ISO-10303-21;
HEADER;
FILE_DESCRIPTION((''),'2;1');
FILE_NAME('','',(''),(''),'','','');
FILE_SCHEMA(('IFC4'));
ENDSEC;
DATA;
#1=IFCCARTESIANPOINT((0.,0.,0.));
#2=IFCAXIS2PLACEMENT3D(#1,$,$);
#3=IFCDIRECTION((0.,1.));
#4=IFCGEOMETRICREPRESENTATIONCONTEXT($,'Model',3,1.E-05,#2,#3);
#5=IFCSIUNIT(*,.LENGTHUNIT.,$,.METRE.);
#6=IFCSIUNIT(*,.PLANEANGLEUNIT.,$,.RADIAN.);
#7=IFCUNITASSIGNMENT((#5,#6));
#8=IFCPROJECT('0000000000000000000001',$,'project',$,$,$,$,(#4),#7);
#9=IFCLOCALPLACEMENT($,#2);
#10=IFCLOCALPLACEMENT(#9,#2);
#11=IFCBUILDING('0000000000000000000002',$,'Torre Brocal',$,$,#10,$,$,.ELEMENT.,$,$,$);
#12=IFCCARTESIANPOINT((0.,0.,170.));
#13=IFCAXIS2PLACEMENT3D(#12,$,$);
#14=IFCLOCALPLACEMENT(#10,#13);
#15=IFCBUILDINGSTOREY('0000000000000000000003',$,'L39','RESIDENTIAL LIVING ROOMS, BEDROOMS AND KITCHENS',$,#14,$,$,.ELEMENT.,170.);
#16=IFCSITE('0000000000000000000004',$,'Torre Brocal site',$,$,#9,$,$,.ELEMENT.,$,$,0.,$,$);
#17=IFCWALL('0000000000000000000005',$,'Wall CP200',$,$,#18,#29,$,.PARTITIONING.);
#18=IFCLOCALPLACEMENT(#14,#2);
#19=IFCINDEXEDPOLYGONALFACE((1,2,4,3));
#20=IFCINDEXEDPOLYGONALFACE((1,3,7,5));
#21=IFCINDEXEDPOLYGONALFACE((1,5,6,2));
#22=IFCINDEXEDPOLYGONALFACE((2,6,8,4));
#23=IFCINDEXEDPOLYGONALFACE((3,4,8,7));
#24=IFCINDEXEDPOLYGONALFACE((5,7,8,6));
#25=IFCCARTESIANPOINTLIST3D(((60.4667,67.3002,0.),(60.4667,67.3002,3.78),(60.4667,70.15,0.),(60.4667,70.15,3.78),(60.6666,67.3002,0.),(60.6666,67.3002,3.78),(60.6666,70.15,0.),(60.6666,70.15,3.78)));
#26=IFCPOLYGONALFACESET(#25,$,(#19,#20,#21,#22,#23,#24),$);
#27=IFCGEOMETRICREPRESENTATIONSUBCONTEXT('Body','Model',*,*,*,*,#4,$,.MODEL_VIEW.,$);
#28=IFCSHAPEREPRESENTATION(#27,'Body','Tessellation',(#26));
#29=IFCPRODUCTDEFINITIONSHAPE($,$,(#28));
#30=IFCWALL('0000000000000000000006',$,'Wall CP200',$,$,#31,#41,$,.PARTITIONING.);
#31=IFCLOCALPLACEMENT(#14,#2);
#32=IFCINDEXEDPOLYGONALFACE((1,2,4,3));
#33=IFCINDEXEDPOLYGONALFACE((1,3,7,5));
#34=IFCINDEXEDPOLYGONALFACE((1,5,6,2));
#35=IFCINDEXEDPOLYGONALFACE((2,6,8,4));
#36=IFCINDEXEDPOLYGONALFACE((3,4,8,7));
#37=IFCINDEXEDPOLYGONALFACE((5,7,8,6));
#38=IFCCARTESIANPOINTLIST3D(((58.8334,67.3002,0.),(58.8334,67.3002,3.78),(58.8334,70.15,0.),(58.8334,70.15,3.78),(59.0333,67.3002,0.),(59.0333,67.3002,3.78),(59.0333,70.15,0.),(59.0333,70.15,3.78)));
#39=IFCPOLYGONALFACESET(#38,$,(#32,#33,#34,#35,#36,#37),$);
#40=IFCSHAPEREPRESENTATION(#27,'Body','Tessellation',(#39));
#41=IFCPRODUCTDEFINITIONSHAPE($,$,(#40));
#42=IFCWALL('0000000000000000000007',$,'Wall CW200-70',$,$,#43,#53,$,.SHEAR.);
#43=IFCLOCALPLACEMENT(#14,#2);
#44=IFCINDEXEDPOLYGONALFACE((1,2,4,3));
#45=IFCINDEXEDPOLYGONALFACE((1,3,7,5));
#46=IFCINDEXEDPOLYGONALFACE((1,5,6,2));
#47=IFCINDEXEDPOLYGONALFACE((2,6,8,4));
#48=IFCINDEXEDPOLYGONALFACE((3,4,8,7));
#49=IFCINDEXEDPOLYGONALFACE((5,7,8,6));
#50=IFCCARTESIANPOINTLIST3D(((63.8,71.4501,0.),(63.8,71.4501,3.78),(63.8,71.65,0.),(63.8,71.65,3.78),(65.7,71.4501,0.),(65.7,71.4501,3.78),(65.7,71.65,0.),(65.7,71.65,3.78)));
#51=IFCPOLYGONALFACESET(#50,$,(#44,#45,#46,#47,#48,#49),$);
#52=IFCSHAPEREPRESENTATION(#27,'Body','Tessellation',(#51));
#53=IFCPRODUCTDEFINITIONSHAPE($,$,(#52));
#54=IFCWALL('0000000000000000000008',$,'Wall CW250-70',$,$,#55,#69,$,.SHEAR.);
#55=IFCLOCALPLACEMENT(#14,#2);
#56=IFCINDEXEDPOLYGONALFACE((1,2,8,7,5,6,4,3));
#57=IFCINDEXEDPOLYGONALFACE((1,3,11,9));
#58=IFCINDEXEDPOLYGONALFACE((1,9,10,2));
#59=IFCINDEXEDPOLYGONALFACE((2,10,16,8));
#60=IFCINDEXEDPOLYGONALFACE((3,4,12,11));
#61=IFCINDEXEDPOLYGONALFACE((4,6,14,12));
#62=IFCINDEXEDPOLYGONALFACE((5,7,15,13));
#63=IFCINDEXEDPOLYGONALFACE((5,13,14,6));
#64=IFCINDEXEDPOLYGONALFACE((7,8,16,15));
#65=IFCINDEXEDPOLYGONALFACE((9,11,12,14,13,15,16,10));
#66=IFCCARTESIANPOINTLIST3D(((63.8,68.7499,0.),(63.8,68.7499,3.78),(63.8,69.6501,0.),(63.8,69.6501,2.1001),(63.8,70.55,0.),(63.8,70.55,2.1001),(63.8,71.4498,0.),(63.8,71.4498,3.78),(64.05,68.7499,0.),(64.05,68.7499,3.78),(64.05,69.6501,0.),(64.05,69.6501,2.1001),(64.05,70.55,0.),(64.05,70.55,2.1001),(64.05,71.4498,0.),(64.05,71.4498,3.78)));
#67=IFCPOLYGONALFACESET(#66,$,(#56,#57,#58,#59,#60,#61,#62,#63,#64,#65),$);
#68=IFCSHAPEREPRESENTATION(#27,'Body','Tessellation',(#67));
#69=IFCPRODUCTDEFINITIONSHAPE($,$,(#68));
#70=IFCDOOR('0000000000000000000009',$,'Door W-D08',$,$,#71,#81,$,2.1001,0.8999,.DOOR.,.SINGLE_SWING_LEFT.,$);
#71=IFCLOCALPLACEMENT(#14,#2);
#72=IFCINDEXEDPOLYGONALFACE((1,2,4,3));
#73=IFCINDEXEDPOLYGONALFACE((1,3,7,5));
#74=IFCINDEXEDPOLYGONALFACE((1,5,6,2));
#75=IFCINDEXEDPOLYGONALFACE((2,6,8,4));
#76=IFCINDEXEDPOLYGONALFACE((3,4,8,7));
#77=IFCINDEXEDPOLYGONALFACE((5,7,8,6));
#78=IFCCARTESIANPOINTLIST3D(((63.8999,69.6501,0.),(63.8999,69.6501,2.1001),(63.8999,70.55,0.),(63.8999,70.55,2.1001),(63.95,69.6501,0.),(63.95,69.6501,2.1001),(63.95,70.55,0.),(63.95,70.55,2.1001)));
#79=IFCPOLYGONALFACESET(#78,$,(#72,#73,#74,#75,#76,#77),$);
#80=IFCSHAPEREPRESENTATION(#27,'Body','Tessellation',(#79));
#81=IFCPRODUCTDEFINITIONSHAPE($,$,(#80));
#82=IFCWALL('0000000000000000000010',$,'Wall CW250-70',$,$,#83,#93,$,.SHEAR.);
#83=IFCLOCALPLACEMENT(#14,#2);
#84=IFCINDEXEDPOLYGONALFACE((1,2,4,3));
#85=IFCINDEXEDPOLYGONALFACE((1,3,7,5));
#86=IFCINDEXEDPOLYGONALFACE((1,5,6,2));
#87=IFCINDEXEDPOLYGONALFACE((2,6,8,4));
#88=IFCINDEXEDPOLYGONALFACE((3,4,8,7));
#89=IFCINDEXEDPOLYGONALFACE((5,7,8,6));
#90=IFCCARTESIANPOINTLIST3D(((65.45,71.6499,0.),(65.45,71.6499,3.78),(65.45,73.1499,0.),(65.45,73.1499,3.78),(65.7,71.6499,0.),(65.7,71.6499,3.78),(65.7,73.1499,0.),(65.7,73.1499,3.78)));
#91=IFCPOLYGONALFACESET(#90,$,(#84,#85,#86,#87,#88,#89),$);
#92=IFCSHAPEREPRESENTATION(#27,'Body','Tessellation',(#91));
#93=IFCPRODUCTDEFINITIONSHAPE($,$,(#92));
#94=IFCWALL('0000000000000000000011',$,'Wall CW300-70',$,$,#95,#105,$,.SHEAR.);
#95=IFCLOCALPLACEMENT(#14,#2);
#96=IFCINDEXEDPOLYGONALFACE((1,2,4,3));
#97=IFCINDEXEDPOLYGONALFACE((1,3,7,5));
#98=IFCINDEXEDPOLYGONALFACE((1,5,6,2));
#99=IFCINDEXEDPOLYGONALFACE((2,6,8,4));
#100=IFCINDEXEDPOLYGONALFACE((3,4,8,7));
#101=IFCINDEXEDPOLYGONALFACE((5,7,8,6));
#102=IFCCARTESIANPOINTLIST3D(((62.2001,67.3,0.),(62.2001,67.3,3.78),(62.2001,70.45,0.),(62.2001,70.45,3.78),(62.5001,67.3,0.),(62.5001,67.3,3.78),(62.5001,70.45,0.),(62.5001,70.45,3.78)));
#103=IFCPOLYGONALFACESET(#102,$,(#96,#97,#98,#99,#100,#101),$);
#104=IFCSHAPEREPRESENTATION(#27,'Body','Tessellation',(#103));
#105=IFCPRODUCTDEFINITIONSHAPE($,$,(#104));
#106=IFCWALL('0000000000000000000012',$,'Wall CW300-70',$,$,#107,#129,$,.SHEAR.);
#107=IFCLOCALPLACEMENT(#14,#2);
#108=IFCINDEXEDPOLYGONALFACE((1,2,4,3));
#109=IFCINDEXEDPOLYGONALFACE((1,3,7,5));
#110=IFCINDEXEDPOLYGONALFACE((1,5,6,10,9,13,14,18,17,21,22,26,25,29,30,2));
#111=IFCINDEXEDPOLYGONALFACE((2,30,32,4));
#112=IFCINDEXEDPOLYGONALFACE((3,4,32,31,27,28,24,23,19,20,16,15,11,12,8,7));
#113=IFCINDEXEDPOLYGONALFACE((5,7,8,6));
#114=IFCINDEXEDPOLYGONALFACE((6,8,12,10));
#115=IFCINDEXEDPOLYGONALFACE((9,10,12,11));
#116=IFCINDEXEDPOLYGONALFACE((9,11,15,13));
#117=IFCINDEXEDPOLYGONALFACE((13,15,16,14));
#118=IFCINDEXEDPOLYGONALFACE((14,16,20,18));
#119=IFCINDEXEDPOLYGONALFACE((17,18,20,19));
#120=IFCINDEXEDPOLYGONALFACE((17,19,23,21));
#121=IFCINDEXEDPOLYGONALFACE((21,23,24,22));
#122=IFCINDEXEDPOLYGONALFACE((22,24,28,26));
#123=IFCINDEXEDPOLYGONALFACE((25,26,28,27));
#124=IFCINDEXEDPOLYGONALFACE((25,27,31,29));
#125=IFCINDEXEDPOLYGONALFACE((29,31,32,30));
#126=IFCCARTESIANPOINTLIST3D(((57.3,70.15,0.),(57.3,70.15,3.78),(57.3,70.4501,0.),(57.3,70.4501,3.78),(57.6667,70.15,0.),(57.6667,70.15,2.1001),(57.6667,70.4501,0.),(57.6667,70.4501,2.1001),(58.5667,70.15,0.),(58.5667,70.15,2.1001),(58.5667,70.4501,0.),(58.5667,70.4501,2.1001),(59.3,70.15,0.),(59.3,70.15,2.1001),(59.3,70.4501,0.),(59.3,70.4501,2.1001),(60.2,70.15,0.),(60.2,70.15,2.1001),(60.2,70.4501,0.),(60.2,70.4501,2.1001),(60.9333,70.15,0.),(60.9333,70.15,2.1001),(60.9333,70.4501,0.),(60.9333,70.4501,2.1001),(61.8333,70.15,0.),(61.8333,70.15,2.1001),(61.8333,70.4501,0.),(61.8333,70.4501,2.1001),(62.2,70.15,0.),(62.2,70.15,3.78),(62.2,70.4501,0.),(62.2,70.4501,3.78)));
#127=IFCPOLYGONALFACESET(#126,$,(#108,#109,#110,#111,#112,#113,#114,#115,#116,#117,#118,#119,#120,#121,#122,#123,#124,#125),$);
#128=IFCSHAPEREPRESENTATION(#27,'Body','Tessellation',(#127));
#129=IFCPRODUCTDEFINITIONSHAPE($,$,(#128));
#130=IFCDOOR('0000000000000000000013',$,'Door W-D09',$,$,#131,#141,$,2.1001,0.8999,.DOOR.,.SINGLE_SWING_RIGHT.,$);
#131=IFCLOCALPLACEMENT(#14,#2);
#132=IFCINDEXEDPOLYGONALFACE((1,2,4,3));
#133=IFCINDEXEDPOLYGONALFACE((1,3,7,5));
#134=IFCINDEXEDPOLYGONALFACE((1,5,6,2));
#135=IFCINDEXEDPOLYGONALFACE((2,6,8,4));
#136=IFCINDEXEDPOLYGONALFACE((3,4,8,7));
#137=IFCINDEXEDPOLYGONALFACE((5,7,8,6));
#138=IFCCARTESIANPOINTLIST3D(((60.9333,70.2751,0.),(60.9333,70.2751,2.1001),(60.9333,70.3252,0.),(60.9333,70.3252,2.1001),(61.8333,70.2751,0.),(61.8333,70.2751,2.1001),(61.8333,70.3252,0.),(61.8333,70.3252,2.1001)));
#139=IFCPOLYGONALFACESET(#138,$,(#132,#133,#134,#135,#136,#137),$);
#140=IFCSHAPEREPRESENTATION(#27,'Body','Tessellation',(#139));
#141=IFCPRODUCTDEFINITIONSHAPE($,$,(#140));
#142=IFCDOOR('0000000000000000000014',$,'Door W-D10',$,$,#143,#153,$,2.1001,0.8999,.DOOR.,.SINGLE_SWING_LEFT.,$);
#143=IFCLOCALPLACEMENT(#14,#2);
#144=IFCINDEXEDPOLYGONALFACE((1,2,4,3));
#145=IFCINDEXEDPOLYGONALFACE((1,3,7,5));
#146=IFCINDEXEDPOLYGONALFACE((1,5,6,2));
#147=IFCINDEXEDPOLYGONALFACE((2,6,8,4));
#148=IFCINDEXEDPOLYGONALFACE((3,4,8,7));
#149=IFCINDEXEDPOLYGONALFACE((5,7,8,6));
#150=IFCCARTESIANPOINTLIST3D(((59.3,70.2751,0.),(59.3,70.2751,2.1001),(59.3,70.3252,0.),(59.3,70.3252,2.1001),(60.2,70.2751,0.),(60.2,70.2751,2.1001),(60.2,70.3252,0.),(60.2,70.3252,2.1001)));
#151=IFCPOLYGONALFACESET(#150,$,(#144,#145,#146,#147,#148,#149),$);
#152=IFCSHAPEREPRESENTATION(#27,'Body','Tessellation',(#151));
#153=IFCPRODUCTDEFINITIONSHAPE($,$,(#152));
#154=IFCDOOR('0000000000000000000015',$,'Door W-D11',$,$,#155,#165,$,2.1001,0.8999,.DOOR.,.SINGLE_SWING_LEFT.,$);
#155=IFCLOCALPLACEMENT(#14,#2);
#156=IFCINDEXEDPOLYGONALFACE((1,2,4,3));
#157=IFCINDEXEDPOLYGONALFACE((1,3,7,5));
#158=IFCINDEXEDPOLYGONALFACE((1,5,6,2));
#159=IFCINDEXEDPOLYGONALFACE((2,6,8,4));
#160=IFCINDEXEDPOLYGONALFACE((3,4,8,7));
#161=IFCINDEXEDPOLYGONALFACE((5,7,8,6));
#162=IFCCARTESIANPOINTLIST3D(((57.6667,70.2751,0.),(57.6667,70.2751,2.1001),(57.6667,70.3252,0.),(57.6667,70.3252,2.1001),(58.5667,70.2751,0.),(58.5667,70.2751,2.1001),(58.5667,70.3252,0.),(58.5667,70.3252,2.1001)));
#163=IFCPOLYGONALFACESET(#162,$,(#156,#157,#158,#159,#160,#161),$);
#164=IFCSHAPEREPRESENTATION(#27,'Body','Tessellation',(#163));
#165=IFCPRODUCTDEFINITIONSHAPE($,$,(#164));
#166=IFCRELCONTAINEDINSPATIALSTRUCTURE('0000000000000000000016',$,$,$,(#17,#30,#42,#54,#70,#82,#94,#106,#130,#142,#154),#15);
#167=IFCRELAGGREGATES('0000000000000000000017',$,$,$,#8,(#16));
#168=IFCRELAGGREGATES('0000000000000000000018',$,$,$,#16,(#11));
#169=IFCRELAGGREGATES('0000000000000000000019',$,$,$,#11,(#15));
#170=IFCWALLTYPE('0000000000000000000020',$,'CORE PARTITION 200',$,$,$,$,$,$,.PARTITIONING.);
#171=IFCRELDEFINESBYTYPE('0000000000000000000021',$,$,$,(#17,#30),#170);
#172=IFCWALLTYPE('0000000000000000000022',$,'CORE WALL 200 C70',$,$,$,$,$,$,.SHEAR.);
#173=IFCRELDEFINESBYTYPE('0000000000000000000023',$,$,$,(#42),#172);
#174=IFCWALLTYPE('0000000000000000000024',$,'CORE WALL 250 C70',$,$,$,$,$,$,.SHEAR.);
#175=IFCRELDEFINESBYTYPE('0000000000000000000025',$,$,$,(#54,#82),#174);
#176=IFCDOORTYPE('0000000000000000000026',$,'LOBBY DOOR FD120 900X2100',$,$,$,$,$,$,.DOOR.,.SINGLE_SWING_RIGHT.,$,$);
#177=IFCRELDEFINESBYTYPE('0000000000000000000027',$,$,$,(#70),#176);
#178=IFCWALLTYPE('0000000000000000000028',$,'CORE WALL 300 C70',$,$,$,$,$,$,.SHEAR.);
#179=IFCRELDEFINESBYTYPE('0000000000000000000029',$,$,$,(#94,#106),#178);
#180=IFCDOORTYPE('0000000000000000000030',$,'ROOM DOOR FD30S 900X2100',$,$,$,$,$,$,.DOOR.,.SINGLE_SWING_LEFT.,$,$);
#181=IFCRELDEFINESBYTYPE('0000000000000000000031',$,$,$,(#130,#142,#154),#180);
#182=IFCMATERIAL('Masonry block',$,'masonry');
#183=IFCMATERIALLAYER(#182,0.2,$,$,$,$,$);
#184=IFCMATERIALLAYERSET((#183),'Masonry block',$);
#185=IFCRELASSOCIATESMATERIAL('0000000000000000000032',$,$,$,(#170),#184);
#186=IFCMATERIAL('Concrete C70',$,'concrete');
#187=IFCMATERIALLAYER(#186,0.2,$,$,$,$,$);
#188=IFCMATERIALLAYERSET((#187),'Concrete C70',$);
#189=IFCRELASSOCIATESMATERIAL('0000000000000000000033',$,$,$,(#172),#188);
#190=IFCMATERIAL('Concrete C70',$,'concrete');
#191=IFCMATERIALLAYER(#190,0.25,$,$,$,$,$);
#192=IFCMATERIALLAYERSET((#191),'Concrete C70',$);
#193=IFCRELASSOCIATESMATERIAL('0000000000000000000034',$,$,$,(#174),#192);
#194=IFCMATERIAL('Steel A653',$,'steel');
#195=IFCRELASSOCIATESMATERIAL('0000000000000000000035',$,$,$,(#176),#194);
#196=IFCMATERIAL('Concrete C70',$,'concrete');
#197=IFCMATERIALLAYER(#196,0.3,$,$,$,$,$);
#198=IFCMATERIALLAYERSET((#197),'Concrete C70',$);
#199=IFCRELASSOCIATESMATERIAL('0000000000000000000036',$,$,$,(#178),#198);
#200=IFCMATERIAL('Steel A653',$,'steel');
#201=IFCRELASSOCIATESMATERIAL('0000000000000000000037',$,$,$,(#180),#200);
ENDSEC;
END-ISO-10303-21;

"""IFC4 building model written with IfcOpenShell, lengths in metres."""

from ifc_helpers import new_model, si_unit, direction, frame, frame_2d, origin, place, context, subcontext, project, spatial, rectangle, extrude, material, layer, layer_set, type_object, element, fill, save


model = new_model("IFC4")

# Units and contexts
model_context = context("Model", 3, precision=1e-05, world=origin(), true_north=direction((0.0, 1.0)))
body_context = subcontext(model_context, "Body", "Model", "MODEL_VIEW")
ifc_project = project(units=[si_unit("LENGTHUNIT", "METRE"), si_unit("PLANEANGLEUNIT", "RADIAN")], contexts=[model_context])

# Site, building, storey
site_placement = place(None, origin())
site = spatial("IfcSite", under=ifc_project, at=site_placement, Name="Torre Brocal site", CompositionType="ELEMENT", RefElevation=0.0)
building_placement = place(site_placement, origin())
building = spatial("IfcBuilding", under=site, at=building_placement, Name="Torre Brocal", CompositionType="ELEMENT")
storey_placement = place(building_placement, frame((0.0, 0.0, 170.0)))
storey = spatial("IfcBuildingStorey", under=building, at=storey_placement, Name="L39", Description="RESIDENTIAL LIVING ROOMS, BEDROOMS AND KITCHENS", CompositionType="ELEMENT", Elevation=170.0)

# Walls
ifc_material_1 = material(Name="Masonry block", Category="masonry")
ifc_layer_1 = layer(ifc_material_1, 0.2)
ifc_layer_set_1 = layer_set([ifc_layer_1], Name="Masonry block")
wall_type_1 = type_object("IfcWallType", Name="CORE PARTITION 200", PredefinedType="PARTITIONING", material=ifc_layer_set_1)
for number, where, z_axis, x_axis, name in (
    (1, (60.5667, 70.1499, 0.0), (0.0, 0.0, 1.0), (0.0, -1.0, 0.0), "Wall CP200"),
    (2, (58.9333, 70.1499, 0.0), (0.0, 0.0, 1.0), (0.0, -1.0, 0.0), "Wall CP200"),
):
    element("IfcWall", number, at=place(storey_placement, frame(where, z_axis=z_axis, x_axis=x_axis)), inside=storey, type_object=wall_type_1, Name=name, PredefinedType="PARTITIONING", context=body_context, shape_type="SweptSolid", body=[
        extrude(rectangle(XDim=2.8499, YDim=0.2, at=frame_2d((1.4248, 0.0))), origin(), (0.0, 0.0, 1.0), 3.78),
    ])
ifc_material_2 = material(Name="Concrete C70", Category="concrete")
ifc_layer_2 = layer(ifc_material_2, 0.2)
ifc_layer_set_2 = layer_set([ifc_layer_2], Name="Concrete C70")
wall_type_2 = type_object("IfcWallType", Name="CORE WALL 200 C70", PredefinedType="SHEAR", material=ifc_layer_set_2)
wall_1_placement = place(storey_placement, frame((65.7, 71.55, 0.0), z_axis=(0.0, 0.0, 1.0), x_axis=(-1.0, 0.0, 0.0)))
element("IfcWall", 3, at=wall_1_placement, inside=storey, type_object=wall_type_2, Name="Wall CW200-70", PredefinedType="SHEAR", context=body_context, shape_type="SweptSolid", body=[
    extrude(rectangle(XDim=1.8999, YDim=0.2, at=frame_2d((0.95, 0.0))), origin(), (0.0, 0.0, 1.0), 3.78),
])

# Wall, opening, door
ifc_material_3 = material(Name="Concrete C70", Category="concrete")
ifc_layer_3 = layer(ifc_material_3, 0.25)
ifc_layer_set_3 = layer_set([ifc_layer_3], Name="Concrete C70")
wall_type_3 = type_object("IfcWallType", Name="CORE WALL 250 C70", PredefinedType="SHEAR", material=ifc_layer_set_3)
wall_2_placement = place(storey_placement, frame((63.925, 71.45, 0.0), z_axis=(0.0, 0.0, 1.0), x_axis=(0.0, -1.0, 0.0)))
wall_2 = element("IfcWall", 4, at=wall_2_placement, inside=storey, type_object=wall_type_3, Name="Wall CW250-70", PredefinedType="SHEAR", context=body_context, shape_type="SweptSolid", body=[
    extrude(rectangle(XDim=2.7, YDim=0.25, at=frame_2d((1.3501, 0.0))), origin(), (0.0, 0.0, 1.0), 3.78),
])
opening_1_placement = place(wall_2_placement, frame((0.8999, 0.0, 0.0)))
opening_1 = element("IfcOpeningElement", 5, at=opening_1_placement, cuts=wall_2, PredefinedType="OPENING", context=body_context, shape_type="SweptSolid", body=[
    extrude(rectangle(XDim=0.8999, YDim=2.1001, at=frame_2d((0.45, 1.05))), frame((0.0, 0.135, 0.0), z_axis=(0.0, -1.0, 0.0), x_axis=(1.0, 0.0, 0.0)), (0.0, 0.0, 1.0), 0.27),
])
ifc_material_4 = material(Name="Steel A653", Category="steel")
door_type_1 = type_object("IfcDoorType", Name="LOBBY DOOR FD120 900X2100", OperationType="SINGLE_SWING_RIGHT", PredefinedType="DOOR", material=ifc_material_4)
door_1_placement = place(opening_1_placement, origin())
door_1 = element("IfcDoor", 6, at=door_1_placement, inside=storey, type_object=door_type_1, Name="Door W-D08", OperationType="SINGLE_SWING_LEFT", OverallHeight=2.1001, OverallWidth=0.8999, PredefinedType="DOOR", context=body_context, shape_type="SweptSolid", body=[
    extrude(rectangle(XDim=0.8999, YDim=2.1001, at=frame_2d((0.45, 1.05))), frame((0.0, 0.0249, 0.0), z_axis=(0.0, -1.0, 0.0), x_axis=(1.0, 0.0, 0.0)), (0.0, 0.0, 1.0), 0.05),
])
fill(opening_1, door_1)

# Walls
wall_3_placement = place(storey_placement, frame((65.575, 73.1499, 0.0), z_axis=(0.0, 0.0, 1.0), x_axis=(0.0, -1.0, 0.0)))
element("IfcWall", 7, at=wall_3_placement, inside=storey, type_object=wall_type_3, Name="Wall CW250-70", PredefinedType="SHEAR", context=body_context, shape_type="SweptSolid", body=[
    extrude(rectangle(XDim=1.5, YDim=0.25, at=frame_2d((0.75, 0.0))), origin(), (0.0, 0.0, 1.0), 3.78),
])
ifc_material_5 = material(Name="Concrete C70", Category="concrete")
ifc_layer_4 = layer(ifc_material_5, 0.3)
ifc_layer_set_4 = layer_set([ifc_layer_4], Name="Concrete C70")
wall_type_4 = type_object("IfcWallType", Name="CORE WALL 300 C70", PredefinedType="SHEAR", material=ifc_layer_set_4)
wall_4_placement = place(storey_placement, frame((62.3501, 70.45, 0.0), z_axis=(0.0, 0.0, 1.0), x_axis=(0.0, -1.0, 0.0)))
element("IfcWall", 8, at=wall_4_placement, inside=storey, type_object=wall_type_4, Name="Wall CW300-70", PredefinedType="SHEAR", context=body_context, shape_type="SweptSolid", body=[
    extrude(rectangle(XDim=3.1499, YDim=0.3, at=frame_2d((1.575, 0.0))), origin(), (0.0, 0.0, 1.0), 3.78),
])

# Wall, openings, doors
wall_5_placement = place(storey_placement, frame((62.2, 70.3, 0.0), z_axis=(0.0, 0.0, 1.0), x_axis=(-1.0, 0.0, 0.0)))
wall_5 = element("IfcWall", 9, at=wall_5_placement, inside=storey, type_object=wall_type_4, Name="Wall CW300-70", PredefinedType="SHEAR", context=body_context, shape_type="SweptSolid", body=[
    extrude(rectangle(XDim=4.8999, YDim=0.3, at=frame_2d((2.45, 0.0))), origin(), (0.0, 0.0, 1.0), 3.78),
])
opening_2_placement = place(wall_5_placement, frame((0.3667, 0.0, 0.0)))
opening_2 = element("IfcOpeningElement", 10, at=opening_2_placement, cuts=wall_5, PredefinedType="OPENING", context=body_context, shape_type="SweptSolid", body=[
    extrude(rectangle(XDim=0.8999, YDim=2.1001, at=frame_2d((0.45, 1.05))), frame((0.0, 0.1599, 0.0), z_axis=(0.0, -1.0, 0.0), x_axis=(1.0, 0.0, 0.0)), (0.0, 0.0, 1.0), 0.3201),
])
opening_3_placement = place(wall_5_placement, frame((2.0, 0.0, 0.0)))
opening_3 = element("IfcOpeningElement", 11, at=opening_3_placement, cuts=wall_5, PredefinedType="OPENING", context=body_context, shape_type="SweptSolid", body=[
    extrude(rectangle(XDim=0.8999, YDim=2.1001, at=frame_2d((0.45, 1.05))), frame((0.0, 0.1599, 0.0), z_axis=(0.0, -1.0, 0.0), x_axis=(1.0, 0.0, 0.0)), (0.0, 0.0, 1.0), 0.3201),
])
opening_4_placement = place(wall_5_placement, frame((3.6333, 0.0, 0.0)))
opening_4 = element("IfcOpeningElement", 12, at=opening_4_placement, cuts=wall_5, PredefinedType="OPENING", context=body_context, shape_type="SweptSolid", body=[
    extrude(rectangle(XDim=0.8999, YDim=2.1001, at=frame_2d((0.45, 1.05))), frame((0.0, 0.1599, 0.0), z_axis=(0.0, -1.0, 0.0), x_axis=(1.0, 0.0, 0.0)), (0.0, 0.0, 1.0), 0.3201),
])
ifc_material_6 = material(Name="Steel A653", Category="steel")
door_type_2 = type_object("IfcDoorType", Name="ROOM DOOR FD30S 900X2100", OperationType="SINGLE_SWING_LEFT", PredefinedType="DOOR", material=ifc_material_6)
door_2_placement = place(opening_2_placement, origin())
door_2 = element("IfcDoor", 13, at=door_2_placement, inside=storey, type_object=door_type_2, Name="Door W-D09", OperationType="SINGLE_SWING_RIGHT", OverallHeight=2.1001, OverallWidth=0.8999, PredefinedType="DOOR", context=body_context, shape_type="SweptSolid", body=[
    extrude(rectangle(XDim=0.8999, YDim=2.1001, at=frame_2d((0.45, 1.05))), frame((0.0, 0.0249, 0.0), z_axis=(0.0, -1.0, 0.0), x_axis=(1.0, 0.0, 0.0)), (0.0, 0.0, 1.0), 0.05),
])
fill(opening_2, door_2)
door_3_placement = place(opening_3_placement, origin())
door_3 = element("IfcDoor", 14, at=door_3_placement, inside=storey, type_object=door_type_2, Name="Door W-D10", OperationType="SINGLE_SWING_LEFT", OverallHeight=2.1001, OverallWidth=0.8999, PredefinedType="DOOR", context=body_context, shape_type="SweptSolid", body=[
    extrude(rectangle(XDim=0.8999, YDim=2.1001, at=frame_2d((0.45, 1.05))), frame((0.0, 0.0249, 0.0), z_axis=(0.0, -1.0, 0.0), x_axis=(1.0, 0.0, 0.0)), (0.0, 0.0, 1.0), 0.05),
])
fill(opening_3, door_3)
door_4_placement = place(opening_4_placement, origin())
door_4 = element("IfcDoor", 15, at=door_4_placement, inside=storey, type_object=door_type_2, Name="Door W-D11", OperationType="SINGLE_SWING_LEFT", OverallHeight=2.1001, OverallWidth=0.8999, PredefinedType="DOOR", context=body_context, shape_type="SweptSolid", body=[
    extrude(rectangle(XDim=0.8999, YDim=2.1001, at=frame_2d((0.45, 1.05))), frame((0.0, 0.0249, 0.0), z_axis=(0.0, -1.0, 0.0), x_axis=(1.0, 0.0, 0.0)), (0.0, 0.0, 1.0), 0.05),
])
fill(opening_4, door_4)

save(model, "model.ifc")
